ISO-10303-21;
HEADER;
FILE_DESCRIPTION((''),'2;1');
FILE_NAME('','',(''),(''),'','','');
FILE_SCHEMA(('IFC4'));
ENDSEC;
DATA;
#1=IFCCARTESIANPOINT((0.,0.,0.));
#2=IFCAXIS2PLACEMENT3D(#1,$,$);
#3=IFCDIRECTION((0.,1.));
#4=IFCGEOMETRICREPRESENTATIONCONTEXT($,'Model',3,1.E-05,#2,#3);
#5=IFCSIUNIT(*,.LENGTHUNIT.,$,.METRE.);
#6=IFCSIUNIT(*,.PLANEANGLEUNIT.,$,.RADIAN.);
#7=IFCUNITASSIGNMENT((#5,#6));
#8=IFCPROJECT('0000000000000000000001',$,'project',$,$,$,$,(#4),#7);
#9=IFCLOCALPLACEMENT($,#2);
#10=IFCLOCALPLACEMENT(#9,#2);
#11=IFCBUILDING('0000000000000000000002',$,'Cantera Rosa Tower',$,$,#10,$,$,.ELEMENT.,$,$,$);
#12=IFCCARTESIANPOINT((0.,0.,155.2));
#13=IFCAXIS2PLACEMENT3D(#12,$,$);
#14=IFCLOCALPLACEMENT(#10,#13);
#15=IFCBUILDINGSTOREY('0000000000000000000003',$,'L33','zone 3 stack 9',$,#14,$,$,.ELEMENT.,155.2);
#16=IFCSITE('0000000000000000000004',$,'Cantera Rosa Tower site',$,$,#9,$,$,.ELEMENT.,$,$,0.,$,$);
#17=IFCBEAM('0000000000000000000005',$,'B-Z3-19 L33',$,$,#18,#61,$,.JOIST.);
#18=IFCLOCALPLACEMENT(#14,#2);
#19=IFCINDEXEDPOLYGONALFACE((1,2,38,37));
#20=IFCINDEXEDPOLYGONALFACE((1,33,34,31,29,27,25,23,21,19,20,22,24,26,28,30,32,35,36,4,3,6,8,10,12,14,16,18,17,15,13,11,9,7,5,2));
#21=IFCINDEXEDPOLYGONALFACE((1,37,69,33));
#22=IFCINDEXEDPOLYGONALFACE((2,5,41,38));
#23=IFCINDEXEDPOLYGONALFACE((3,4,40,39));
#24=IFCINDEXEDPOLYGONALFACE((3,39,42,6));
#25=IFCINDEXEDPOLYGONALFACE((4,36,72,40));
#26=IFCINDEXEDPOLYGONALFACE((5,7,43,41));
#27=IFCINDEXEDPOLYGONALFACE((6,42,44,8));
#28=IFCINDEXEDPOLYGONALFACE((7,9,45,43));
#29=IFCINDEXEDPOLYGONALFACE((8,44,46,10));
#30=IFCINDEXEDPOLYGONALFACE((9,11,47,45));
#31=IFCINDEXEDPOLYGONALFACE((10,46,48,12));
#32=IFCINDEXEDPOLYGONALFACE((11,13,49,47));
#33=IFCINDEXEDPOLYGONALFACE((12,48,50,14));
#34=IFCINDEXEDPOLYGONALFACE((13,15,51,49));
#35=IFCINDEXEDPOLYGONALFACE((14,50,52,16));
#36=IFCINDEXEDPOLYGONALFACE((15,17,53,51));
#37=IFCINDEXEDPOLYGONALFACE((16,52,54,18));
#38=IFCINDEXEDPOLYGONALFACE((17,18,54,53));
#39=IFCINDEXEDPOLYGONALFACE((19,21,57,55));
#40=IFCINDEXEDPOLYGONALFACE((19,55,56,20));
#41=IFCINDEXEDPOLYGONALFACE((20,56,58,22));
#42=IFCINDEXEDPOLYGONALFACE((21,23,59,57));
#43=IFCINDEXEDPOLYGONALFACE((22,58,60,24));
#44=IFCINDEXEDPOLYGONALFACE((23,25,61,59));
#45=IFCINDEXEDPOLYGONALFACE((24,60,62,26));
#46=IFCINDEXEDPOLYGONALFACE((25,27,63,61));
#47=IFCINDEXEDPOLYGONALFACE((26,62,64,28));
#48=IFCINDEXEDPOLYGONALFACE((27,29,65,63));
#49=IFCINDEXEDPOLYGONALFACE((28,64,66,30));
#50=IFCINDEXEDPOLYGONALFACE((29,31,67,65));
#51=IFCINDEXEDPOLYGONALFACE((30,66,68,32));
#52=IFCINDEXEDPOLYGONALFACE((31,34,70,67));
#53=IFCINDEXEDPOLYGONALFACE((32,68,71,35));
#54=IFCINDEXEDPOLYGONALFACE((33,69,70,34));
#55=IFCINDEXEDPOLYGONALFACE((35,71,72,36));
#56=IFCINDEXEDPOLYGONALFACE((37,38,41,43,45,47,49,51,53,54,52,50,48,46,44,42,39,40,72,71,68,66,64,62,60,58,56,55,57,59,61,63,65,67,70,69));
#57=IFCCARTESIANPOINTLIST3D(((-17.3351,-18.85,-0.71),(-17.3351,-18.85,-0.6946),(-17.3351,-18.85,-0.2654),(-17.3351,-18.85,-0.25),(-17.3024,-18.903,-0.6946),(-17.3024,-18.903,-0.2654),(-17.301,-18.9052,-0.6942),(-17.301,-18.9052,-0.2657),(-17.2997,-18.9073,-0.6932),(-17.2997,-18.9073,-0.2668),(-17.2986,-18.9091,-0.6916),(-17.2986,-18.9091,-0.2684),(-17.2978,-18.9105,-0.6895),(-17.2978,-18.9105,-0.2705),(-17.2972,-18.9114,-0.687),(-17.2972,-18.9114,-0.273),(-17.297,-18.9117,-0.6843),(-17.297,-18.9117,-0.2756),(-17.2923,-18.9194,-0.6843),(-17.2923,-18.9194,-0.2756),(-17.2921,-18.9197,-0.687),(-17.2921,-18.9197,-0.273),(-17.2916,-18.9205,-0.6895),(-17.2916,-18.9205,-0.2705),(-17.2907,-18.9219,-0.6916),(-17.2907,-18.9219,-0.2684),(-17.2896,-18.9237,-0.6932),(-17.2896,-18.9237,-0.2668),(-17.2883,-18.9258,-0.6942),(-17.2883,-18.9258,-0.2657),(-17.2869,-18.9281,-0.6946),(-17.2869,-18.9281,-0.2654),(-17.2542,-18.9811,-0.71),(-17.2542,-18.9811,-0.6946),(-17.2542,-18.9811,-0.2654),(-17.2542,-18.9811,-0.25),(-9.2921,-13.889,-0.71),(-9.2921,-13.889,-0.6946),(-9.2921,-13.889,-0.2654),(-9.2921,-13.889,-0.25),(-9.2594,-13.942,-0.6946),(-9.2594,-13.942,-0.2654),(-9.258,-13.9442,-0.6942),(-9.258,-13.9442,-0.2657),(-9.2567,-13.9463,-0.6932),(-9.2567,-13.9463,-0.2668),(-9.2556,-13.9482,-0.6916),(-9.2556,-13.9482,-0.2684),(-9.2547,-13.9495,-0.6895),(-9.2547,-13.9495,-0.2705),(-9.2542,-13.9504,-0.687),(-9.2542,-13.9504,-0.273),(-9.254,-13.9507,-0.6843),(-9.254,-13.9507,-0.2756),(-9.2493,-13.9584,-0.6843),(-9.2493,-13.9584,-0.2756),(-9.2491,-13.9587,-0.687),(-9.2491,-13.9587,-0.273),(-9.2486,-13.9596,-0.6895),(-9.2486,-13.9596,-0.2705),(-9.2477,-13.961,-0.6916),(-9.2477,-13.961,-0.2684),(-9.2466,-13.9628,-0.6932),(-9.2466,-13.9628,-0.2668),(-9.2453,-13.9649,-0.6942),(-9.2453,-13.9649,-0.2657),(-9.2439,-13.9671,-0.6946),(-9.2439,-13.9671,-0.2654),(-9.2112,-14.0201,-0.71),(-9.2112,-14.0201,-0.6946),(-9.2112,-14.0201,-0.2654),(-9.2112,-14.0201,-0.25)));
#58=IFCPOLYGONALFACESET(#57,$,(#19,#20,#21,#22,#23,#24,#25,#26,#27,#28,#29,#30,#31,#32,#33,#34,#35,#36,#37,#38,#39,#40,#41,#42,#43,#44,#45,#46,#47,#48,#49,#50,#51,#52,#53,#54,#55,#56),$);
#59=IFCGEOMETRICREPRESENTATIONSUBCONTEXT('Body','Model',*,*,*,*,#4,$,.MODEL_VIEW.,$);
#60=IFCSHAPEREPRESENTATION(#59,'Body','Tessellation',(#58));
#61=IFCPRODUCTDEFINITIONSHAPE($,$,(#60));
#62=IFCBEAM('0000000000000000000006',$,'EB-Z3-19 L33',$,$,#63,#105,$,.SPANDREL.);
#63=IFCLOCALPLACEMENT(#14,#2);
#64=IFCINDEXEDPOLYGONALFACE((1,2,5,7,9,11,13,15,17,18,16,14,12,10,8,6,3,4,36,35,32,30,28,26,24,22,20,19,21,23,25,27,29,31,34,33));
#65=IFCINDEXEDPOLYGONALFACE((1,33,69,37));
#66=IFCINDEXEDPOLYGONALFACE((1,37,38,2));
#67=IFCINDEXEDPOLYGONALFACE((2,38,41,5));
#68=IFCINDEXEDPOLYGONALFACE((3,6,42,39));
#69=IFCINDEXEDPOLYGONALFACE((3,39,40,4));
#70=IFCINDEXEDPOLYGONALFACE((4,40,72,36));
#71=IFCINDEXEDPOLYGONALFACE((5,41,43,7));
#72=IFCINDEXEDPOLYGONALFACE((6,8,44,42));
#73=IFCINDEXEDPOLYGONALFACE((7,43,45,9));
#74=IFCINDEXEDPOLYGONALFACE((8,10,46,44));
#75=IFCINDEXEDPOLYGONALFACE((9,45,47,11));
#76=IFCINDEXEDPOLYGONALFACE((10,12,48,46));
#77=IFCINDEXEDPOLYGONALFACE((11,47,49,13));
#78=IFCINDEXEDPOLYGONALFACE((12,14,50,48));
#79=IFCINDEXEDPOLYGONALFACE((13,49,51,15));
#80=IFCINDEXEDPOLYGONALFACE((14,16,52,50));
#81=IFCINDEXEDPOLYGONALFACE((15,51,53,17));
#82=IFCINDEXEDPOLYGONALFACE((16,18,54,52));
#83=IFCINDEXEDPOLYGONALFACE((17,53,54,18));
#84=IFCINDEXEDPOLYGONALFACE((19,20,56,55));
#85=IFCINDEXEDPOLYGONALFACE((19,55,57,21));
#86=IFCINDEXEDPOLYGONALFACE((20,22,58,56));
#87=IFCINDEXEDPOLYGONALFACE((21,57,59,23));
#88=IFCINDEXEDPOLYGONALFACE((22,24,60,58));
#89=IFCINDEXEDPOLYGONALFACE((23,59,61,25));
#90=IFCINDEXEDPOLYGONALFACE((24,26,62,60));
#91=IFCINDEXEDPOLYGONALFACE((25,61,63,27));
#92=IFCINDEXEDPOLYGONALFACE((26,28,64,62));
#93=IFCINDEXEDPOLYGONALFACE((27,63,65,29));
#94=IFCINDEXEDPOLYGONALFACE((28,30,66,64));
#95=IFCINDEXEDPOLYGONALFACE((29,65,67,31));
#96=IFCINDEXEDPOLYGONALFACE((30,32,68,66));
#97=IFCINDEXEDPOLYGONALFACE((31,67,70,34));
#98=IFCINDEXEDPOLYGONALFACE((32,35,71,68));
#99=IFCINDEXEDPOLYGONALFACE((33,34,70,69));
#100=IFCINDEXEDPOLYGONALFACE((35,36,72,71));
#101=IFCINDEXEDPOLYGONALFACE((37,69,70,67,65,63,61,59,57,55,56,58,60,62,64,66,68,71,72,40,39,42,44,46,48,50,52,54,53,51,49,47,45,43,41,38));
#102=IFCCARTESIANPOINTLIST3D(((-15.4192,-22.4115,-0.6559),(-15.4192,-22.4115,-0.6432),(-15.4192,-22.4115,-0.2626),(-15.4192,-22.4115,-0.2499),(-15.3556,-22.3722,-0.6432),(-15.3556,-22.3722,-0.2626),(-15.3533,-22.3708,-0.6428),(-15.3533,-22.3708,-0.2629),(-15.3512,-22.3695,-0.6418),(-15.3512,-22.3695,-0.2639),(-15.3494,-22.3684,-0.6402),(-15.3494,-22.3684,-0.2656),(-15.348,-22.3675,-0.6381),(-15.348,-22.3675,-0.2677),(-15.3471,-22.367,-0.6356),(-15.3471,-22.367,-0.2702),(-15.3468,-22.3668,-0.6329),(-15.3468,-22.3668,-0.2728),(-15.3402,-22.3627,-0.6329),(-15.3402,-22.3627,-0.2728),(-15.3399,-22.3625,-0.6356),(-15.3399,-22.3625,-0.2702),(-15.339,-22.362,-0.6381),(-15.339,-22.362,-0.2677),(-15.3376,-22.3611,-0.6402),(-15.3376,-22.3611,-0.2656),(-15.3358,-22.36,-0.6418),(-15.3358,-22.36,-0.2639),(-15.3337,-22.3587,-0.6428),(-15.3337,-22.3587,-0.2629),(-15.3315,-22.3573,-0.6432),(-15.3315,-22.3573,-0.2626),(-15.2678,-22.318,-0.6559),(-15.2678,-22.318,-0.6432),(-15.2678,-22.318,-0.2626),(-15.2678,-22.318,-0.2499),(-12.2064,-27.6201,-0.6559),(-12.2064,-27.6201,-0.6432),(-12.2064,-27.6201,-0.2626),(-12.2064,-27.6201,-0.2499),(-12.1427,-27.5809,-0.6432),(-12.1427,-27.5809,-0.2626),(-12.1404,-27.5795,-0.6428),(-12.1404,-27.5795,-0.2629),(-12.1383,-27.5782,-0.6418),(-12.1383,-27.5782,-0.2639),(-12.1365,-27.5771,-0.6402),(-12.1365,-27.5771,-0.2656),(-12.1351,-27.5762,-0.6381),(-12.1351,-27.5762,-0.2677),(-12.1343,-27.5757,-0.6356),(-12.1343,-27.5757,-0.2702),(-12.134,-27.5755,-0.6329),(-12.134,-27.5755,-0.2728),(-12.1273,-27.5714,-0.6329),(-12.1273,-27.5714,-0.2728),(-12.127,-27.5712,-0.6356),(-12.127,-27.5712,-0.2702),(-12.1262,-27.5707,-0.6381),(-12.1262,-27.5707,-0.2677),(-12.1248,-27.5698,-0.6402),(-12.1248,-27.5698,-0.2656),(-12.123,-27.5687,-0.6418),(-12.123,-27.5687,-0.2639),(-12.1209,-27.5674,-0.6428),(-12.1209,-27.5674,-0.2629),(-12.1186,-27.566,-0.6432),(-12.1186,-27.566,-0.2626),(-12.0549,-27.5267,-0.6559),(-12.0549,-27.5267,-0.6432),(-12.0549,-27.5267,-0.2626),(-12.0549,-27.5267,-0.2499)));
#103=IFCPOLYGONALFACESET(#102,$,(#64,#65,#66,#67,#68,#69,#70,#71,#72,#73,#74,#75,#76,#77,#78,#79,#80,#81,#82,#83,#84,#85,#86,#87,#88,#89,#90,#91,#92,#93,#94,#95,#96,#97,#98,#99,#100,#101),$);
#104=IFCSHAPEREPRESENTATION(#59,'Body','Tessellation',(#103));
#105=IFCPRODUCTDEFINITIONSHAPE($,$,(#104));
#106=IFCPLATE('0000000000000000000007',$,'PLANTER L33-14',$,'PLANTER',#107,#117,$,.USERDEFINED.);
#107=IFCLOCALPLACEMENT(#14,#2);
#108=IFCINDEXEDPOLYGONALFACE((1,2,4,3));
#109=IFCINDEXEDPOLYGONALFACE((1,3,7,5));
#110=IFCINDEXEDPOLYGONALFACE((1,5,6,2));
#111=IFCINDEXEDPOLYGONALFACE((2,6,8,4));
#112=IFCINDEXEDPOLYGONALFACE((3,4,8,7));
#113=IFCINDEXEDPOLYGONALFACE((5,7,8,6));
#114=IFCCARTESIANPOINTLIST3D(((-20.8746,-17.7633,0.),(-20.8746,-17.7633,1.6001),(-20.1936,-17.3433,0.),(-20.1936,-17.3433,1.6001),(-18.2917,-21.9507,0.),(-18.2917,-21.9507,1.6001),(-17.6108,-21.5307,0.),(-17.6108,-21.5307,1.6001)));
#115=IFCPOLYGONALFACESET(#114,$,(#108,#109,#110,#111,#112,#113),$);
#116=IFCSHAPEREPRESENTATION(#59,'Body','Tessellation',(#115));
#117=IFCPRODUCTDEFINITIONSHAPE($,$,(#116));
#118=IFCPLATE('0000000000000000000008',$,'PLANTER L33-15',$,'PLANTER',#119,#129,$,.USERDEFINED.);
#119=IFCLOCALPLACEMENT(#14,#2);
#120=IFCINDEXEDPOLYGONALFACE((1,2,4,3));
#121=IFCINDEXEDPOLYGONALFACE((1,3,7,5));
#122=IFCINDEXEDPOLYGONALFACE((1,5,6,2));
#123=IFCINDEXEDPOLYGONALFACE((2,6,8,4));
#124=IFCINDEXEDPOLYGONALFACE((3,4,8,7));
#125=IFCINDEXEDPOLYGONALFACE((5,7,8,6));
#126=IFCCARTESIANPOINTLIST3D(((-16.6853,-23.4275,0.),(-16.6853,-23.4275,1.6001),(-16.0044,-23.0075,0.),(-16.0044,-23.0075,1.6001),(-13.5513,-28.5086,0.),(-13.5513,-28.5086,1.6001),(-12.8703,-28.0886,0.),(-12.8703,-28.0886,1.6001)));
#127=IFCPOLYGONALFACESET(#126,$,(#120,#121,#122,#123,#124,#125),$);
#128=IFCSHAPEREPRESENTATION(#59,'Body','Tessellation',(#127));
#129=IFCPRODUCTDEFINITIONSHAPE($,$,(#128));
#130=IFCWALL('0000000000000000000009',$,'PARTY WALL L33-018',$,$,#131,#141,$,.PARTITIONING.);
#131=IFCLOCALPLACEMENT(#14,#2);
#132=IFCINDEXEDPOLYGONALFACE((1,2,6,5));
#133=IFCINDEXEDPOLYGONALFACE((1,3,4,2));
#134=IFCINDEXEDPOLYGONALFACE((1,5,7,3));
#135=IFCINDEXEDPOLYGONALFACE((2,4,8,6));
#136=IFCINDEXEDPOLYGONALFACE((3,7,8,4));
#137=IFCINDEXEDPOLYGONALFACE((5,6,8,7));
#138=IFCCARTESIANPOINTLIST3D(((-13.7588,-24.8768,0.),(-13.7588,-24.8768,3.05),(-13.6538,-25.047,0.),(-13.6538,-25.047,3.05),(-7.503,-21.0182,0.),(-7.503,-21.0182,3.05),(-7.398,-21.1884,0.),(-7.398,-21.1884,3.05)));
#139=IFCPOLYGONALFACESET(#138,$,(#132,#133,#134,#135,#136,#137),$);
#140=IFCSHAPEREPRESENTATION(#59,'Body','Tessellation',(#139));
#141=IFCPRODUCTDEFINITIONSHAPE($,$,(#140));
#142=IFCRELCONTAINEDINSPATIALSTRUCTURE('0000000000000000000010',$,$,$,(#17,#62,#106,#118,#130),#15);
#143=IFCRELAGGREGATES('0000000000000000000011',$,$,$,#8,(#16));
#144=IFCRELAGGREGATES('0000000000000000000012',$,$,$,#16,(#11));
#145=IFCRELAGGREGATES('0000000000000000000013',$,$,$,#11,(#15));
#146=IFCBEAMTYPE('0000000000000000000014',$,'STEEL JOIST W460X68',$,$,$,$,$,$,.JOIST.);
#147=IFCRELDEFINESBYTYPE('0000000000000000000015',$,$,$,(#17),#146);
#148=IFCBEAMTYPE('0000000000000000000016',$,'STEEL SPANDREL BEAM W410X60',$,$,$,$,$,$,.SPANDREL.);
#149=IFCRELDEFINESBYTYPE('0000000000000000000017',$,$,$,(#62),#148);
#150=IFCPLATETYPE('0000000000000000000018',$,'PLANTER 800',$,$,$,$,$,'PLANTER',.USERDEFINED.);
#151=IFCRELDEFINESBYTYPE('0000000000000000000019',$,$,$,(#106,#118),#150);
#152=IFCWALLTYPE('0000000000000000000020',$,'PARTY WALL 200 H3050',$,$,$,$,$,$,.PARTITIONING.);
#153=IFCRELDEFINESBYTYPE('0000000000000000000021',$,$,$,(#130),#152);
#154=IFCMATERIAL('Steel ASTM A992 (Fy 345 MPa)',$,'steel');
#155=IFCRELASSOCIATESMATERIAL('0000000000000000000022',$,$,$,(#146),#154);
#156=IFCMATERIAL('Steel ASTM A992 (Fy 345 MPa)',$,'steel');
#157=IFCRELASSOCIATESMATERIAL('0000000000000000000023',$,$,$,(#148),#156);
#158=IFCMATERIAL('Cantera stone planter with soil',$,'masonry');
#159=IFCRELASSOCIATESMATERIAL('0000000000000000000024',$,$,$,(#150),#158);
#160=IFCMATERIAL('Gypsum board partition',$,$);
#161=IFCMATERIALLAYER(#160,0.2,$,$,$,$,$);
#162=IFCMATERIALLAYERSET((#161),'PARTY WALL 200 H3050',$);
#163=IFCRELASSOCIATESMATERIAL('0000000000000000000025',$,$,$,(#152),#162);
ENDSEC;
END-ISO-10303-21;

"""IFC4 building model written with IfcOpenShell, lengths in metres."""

from ifc_helpers import new_model, si_unit, direction, frame, frame_2d, origin, origin_2d, place, context, subcontext, project, spatial, rectangle, i_section, extrude, material, layer, layer_set, material_profile, profile_set, type_object, element, save


model = new_model("IFC4")

# Units and contexts
model_context = context("Model", 3, precision=1e-05, world=origin(), true_north=direction((0.0, 1.0)))
body_context = subcontext(model_context, "Body", "Model", "MODEL_VIEW")
ifc_project = project(units=[si_unit("LENGTHUNIT", "METRE"), si_unit("PLANEANGLEUNIT", "RADIAN")], contexts=[model_context])

# Site, building, storey
site_placement = place(None, origin())
site = spatial("IfcSite", under=ifc_project, at=site_placement, Name="Cantera Rosa Tower site", CompositionType="ELEMENT", RefElevation=0.0)
building_placement = place(site_placement, origin())
building = spatial("IfcBuilding", under=site, at=building_placement, Name="Cantera Rosa Tower", CompositionType="ELEMENT")
storey_placement = place(building_placement, frame((0.0, 0.0, 155.2)))
storey = spatial("IfcBuildingStorey", under=building, at=storey_placement, Name="L33", Description="zone 3 stack 9", CompositionType="ELEMENT", Elevation=155.2)

# Beams
ifc_material_1 = material(Name="Steel ASTM A992 (Fy 345 MPa)", Category="steel")
ifc_material_profile_1 = material_profile(ifc_material_1, i_section(OverallWidth=0.1541, OverallDepth=0.46, WebThickness=0.009, FlangeThickness=0.0154, FilletRadius=0.0103, at=origin_2d()), Name="W460X68")
ifc_profile_set_1 = profile_set([ifc_material_profile_1], Name="Steel ASTM A992 (Fy 345 MPa)")
beam_type_1 = type_object("IfcBeamType", Name="STEEL JOIST W460X68", PredefinedType="JOIST", material=ifc_profile_set_1)
beam_1_placement = place(storey_placement, frame((-17.2947, -18.9155, -0.48), z_axis=(0.851119, 0.524974, 0.0), x_axis=(-0.524974, 0.851119, 0.0)))
element("IfcBeam", 1, at=beam_1_placement, inside=storey, type_object=beam_type_1, Name="B-Z3-19 L33", PredefinedType="JOIST", context=body_context, shape_type="SweptSolid", body=[
    extrude(i_section(OverallWidth=0.1541, OverallDepth=0.46, WebThickness=0.009, FlangeThickness=0.0154, FilletRadius=0.0103, at=origin_2d()), origin(), (0.0, 0.0, 1.0), 9.45),
])
ifc_material_2 = material(Name="Steel ASTM A992 (Fy 345 MPa)", Category="steel")
ifc_material_profile_2 = material_profile(ifc_material_2, i_section(OverallWidth=0.178, OverallDepth=0.406, WebThickness=0.0078, FlangeThickness=0.0127, FilletRadius=0.0103, at=origin_2d()), Name="W410X60")
ifc_profile_set_2 = profile_set([ifc_material_profile_2], Name="Steel ASTM A992 (Fy 345 MPa)")
beam_type_2 = type_object("IfcBeamType", Name="STEEL SPANDREL BEAM W410X60", PredefinedType="SPANDREL", material=ifc_profile_set_2)
beam_2_placement = place(storey_placement, frame((-15.3435, -22.3647, -0.4529), z_axis=(0.524987, -0.85111, 0.0), x_axis=(0.85111, 0.524987, 0.0)))
element("IfcBeam", 2, at=beam_2_placement, inside=storey, type_object=beam_type_2, Name="EB-Z3-19 L33", PredefinedType="SPANDREL", context=body_context, shape_type="SweptSolid", body=[
    extrude(i_section(OverallWidth=0.178, OverallDepth=0.406, WebThickness=0.0078, FlangeThickness=0.0127, FilletRadius=0.0103, at=origin_2d()), origin(), (0.0, 0.0, 1.0), 6.1199),
])

# Plates
ifc_material_3 = material(Name="Cantera stone planter with soil", Category="masonry")
plate_type = type_object("IfcPlateType", Name="PLANTER 800", ElementType="PLANTER", PredefinedType="USERDEFINED", material=ifc_material_3)
plate_1_placement = place(storey_placement, frame((-19.2427, -19.647, 0.0), z_axis=(0.0, 0.0, 1.0), x_axis=(0.524977, -0.851117, 0.0)))
element("IfcPlate", 3, at=plate_1_placement, inside=storey, type_object=plate_type, Name="PLANTER L33-14", ObjectType="PLANTER", PredefinedType="USERDEFINED", context=body_context, shape_type="SweptSolid", body=[
    extrude(rectangle(XDim=4.9199, YDim=0.8, at=origin_2d()), origin(), (0.0, 0.0, 1.0), 1.6001),
])
plate_2_placement = place(storey_placement, frame((-14.7778, -25.7581, 0.0), z_axis=(0.0, 0.0, 1.0), x_axis=(0.524977, -0.851117, 0.0)))
element("IfcPlate", 4, at=plate_2_placement, inside=storey, type_object=plate_type, Name="PLANTER L33-15", ObjectType="PLANTER", PredefinedType="USERDEFINED", context=body_context, shape_type="SweptSolid", body=[
    extrude(rectangle(XDim=5.97, YDim=0.8, at=origin_2d()), origin(), (0.0, 0.0, 1.0), 1.6001),
])

# Wall
ifc_material_4 = material(Name="Gypsum board partition")
ifc_layer_1 = layer(ifc_material_4, 0.2)
ifc_layer_set_1 = layer_set([ifc_layer_1], Name="PARTY WALL 200 H3050")
wall_type_1 = type_object("IfcWallType", Name="PARTY WALL 200 H3050", PredefinedType="PARTITIONING", material=ifc_layer_set_1)
wall_1_placement = place(storey_placement, frame((-13.7063, -24.9619, 0.0), z_axis=(0.0, 0.0, 1.0), x_axis=(0.851118, 0.524974, 0.0)))
element("IfcWall", 5, at=wall_1_placement, inside=storey, type_object=wall_type_1, Name="PARTY WALL L33-018", PredefinedType="PARTITIONING", context=body_context, shape_type="SweptSolid", body=[
    extrude(rectangle(XDim=7.3501, YDim=0.2, at=frame_2d((3.675, 0.0))), origin(), (0.0, 0.0, 1.0), 3.05),
])

save(model, "model.ifc")
